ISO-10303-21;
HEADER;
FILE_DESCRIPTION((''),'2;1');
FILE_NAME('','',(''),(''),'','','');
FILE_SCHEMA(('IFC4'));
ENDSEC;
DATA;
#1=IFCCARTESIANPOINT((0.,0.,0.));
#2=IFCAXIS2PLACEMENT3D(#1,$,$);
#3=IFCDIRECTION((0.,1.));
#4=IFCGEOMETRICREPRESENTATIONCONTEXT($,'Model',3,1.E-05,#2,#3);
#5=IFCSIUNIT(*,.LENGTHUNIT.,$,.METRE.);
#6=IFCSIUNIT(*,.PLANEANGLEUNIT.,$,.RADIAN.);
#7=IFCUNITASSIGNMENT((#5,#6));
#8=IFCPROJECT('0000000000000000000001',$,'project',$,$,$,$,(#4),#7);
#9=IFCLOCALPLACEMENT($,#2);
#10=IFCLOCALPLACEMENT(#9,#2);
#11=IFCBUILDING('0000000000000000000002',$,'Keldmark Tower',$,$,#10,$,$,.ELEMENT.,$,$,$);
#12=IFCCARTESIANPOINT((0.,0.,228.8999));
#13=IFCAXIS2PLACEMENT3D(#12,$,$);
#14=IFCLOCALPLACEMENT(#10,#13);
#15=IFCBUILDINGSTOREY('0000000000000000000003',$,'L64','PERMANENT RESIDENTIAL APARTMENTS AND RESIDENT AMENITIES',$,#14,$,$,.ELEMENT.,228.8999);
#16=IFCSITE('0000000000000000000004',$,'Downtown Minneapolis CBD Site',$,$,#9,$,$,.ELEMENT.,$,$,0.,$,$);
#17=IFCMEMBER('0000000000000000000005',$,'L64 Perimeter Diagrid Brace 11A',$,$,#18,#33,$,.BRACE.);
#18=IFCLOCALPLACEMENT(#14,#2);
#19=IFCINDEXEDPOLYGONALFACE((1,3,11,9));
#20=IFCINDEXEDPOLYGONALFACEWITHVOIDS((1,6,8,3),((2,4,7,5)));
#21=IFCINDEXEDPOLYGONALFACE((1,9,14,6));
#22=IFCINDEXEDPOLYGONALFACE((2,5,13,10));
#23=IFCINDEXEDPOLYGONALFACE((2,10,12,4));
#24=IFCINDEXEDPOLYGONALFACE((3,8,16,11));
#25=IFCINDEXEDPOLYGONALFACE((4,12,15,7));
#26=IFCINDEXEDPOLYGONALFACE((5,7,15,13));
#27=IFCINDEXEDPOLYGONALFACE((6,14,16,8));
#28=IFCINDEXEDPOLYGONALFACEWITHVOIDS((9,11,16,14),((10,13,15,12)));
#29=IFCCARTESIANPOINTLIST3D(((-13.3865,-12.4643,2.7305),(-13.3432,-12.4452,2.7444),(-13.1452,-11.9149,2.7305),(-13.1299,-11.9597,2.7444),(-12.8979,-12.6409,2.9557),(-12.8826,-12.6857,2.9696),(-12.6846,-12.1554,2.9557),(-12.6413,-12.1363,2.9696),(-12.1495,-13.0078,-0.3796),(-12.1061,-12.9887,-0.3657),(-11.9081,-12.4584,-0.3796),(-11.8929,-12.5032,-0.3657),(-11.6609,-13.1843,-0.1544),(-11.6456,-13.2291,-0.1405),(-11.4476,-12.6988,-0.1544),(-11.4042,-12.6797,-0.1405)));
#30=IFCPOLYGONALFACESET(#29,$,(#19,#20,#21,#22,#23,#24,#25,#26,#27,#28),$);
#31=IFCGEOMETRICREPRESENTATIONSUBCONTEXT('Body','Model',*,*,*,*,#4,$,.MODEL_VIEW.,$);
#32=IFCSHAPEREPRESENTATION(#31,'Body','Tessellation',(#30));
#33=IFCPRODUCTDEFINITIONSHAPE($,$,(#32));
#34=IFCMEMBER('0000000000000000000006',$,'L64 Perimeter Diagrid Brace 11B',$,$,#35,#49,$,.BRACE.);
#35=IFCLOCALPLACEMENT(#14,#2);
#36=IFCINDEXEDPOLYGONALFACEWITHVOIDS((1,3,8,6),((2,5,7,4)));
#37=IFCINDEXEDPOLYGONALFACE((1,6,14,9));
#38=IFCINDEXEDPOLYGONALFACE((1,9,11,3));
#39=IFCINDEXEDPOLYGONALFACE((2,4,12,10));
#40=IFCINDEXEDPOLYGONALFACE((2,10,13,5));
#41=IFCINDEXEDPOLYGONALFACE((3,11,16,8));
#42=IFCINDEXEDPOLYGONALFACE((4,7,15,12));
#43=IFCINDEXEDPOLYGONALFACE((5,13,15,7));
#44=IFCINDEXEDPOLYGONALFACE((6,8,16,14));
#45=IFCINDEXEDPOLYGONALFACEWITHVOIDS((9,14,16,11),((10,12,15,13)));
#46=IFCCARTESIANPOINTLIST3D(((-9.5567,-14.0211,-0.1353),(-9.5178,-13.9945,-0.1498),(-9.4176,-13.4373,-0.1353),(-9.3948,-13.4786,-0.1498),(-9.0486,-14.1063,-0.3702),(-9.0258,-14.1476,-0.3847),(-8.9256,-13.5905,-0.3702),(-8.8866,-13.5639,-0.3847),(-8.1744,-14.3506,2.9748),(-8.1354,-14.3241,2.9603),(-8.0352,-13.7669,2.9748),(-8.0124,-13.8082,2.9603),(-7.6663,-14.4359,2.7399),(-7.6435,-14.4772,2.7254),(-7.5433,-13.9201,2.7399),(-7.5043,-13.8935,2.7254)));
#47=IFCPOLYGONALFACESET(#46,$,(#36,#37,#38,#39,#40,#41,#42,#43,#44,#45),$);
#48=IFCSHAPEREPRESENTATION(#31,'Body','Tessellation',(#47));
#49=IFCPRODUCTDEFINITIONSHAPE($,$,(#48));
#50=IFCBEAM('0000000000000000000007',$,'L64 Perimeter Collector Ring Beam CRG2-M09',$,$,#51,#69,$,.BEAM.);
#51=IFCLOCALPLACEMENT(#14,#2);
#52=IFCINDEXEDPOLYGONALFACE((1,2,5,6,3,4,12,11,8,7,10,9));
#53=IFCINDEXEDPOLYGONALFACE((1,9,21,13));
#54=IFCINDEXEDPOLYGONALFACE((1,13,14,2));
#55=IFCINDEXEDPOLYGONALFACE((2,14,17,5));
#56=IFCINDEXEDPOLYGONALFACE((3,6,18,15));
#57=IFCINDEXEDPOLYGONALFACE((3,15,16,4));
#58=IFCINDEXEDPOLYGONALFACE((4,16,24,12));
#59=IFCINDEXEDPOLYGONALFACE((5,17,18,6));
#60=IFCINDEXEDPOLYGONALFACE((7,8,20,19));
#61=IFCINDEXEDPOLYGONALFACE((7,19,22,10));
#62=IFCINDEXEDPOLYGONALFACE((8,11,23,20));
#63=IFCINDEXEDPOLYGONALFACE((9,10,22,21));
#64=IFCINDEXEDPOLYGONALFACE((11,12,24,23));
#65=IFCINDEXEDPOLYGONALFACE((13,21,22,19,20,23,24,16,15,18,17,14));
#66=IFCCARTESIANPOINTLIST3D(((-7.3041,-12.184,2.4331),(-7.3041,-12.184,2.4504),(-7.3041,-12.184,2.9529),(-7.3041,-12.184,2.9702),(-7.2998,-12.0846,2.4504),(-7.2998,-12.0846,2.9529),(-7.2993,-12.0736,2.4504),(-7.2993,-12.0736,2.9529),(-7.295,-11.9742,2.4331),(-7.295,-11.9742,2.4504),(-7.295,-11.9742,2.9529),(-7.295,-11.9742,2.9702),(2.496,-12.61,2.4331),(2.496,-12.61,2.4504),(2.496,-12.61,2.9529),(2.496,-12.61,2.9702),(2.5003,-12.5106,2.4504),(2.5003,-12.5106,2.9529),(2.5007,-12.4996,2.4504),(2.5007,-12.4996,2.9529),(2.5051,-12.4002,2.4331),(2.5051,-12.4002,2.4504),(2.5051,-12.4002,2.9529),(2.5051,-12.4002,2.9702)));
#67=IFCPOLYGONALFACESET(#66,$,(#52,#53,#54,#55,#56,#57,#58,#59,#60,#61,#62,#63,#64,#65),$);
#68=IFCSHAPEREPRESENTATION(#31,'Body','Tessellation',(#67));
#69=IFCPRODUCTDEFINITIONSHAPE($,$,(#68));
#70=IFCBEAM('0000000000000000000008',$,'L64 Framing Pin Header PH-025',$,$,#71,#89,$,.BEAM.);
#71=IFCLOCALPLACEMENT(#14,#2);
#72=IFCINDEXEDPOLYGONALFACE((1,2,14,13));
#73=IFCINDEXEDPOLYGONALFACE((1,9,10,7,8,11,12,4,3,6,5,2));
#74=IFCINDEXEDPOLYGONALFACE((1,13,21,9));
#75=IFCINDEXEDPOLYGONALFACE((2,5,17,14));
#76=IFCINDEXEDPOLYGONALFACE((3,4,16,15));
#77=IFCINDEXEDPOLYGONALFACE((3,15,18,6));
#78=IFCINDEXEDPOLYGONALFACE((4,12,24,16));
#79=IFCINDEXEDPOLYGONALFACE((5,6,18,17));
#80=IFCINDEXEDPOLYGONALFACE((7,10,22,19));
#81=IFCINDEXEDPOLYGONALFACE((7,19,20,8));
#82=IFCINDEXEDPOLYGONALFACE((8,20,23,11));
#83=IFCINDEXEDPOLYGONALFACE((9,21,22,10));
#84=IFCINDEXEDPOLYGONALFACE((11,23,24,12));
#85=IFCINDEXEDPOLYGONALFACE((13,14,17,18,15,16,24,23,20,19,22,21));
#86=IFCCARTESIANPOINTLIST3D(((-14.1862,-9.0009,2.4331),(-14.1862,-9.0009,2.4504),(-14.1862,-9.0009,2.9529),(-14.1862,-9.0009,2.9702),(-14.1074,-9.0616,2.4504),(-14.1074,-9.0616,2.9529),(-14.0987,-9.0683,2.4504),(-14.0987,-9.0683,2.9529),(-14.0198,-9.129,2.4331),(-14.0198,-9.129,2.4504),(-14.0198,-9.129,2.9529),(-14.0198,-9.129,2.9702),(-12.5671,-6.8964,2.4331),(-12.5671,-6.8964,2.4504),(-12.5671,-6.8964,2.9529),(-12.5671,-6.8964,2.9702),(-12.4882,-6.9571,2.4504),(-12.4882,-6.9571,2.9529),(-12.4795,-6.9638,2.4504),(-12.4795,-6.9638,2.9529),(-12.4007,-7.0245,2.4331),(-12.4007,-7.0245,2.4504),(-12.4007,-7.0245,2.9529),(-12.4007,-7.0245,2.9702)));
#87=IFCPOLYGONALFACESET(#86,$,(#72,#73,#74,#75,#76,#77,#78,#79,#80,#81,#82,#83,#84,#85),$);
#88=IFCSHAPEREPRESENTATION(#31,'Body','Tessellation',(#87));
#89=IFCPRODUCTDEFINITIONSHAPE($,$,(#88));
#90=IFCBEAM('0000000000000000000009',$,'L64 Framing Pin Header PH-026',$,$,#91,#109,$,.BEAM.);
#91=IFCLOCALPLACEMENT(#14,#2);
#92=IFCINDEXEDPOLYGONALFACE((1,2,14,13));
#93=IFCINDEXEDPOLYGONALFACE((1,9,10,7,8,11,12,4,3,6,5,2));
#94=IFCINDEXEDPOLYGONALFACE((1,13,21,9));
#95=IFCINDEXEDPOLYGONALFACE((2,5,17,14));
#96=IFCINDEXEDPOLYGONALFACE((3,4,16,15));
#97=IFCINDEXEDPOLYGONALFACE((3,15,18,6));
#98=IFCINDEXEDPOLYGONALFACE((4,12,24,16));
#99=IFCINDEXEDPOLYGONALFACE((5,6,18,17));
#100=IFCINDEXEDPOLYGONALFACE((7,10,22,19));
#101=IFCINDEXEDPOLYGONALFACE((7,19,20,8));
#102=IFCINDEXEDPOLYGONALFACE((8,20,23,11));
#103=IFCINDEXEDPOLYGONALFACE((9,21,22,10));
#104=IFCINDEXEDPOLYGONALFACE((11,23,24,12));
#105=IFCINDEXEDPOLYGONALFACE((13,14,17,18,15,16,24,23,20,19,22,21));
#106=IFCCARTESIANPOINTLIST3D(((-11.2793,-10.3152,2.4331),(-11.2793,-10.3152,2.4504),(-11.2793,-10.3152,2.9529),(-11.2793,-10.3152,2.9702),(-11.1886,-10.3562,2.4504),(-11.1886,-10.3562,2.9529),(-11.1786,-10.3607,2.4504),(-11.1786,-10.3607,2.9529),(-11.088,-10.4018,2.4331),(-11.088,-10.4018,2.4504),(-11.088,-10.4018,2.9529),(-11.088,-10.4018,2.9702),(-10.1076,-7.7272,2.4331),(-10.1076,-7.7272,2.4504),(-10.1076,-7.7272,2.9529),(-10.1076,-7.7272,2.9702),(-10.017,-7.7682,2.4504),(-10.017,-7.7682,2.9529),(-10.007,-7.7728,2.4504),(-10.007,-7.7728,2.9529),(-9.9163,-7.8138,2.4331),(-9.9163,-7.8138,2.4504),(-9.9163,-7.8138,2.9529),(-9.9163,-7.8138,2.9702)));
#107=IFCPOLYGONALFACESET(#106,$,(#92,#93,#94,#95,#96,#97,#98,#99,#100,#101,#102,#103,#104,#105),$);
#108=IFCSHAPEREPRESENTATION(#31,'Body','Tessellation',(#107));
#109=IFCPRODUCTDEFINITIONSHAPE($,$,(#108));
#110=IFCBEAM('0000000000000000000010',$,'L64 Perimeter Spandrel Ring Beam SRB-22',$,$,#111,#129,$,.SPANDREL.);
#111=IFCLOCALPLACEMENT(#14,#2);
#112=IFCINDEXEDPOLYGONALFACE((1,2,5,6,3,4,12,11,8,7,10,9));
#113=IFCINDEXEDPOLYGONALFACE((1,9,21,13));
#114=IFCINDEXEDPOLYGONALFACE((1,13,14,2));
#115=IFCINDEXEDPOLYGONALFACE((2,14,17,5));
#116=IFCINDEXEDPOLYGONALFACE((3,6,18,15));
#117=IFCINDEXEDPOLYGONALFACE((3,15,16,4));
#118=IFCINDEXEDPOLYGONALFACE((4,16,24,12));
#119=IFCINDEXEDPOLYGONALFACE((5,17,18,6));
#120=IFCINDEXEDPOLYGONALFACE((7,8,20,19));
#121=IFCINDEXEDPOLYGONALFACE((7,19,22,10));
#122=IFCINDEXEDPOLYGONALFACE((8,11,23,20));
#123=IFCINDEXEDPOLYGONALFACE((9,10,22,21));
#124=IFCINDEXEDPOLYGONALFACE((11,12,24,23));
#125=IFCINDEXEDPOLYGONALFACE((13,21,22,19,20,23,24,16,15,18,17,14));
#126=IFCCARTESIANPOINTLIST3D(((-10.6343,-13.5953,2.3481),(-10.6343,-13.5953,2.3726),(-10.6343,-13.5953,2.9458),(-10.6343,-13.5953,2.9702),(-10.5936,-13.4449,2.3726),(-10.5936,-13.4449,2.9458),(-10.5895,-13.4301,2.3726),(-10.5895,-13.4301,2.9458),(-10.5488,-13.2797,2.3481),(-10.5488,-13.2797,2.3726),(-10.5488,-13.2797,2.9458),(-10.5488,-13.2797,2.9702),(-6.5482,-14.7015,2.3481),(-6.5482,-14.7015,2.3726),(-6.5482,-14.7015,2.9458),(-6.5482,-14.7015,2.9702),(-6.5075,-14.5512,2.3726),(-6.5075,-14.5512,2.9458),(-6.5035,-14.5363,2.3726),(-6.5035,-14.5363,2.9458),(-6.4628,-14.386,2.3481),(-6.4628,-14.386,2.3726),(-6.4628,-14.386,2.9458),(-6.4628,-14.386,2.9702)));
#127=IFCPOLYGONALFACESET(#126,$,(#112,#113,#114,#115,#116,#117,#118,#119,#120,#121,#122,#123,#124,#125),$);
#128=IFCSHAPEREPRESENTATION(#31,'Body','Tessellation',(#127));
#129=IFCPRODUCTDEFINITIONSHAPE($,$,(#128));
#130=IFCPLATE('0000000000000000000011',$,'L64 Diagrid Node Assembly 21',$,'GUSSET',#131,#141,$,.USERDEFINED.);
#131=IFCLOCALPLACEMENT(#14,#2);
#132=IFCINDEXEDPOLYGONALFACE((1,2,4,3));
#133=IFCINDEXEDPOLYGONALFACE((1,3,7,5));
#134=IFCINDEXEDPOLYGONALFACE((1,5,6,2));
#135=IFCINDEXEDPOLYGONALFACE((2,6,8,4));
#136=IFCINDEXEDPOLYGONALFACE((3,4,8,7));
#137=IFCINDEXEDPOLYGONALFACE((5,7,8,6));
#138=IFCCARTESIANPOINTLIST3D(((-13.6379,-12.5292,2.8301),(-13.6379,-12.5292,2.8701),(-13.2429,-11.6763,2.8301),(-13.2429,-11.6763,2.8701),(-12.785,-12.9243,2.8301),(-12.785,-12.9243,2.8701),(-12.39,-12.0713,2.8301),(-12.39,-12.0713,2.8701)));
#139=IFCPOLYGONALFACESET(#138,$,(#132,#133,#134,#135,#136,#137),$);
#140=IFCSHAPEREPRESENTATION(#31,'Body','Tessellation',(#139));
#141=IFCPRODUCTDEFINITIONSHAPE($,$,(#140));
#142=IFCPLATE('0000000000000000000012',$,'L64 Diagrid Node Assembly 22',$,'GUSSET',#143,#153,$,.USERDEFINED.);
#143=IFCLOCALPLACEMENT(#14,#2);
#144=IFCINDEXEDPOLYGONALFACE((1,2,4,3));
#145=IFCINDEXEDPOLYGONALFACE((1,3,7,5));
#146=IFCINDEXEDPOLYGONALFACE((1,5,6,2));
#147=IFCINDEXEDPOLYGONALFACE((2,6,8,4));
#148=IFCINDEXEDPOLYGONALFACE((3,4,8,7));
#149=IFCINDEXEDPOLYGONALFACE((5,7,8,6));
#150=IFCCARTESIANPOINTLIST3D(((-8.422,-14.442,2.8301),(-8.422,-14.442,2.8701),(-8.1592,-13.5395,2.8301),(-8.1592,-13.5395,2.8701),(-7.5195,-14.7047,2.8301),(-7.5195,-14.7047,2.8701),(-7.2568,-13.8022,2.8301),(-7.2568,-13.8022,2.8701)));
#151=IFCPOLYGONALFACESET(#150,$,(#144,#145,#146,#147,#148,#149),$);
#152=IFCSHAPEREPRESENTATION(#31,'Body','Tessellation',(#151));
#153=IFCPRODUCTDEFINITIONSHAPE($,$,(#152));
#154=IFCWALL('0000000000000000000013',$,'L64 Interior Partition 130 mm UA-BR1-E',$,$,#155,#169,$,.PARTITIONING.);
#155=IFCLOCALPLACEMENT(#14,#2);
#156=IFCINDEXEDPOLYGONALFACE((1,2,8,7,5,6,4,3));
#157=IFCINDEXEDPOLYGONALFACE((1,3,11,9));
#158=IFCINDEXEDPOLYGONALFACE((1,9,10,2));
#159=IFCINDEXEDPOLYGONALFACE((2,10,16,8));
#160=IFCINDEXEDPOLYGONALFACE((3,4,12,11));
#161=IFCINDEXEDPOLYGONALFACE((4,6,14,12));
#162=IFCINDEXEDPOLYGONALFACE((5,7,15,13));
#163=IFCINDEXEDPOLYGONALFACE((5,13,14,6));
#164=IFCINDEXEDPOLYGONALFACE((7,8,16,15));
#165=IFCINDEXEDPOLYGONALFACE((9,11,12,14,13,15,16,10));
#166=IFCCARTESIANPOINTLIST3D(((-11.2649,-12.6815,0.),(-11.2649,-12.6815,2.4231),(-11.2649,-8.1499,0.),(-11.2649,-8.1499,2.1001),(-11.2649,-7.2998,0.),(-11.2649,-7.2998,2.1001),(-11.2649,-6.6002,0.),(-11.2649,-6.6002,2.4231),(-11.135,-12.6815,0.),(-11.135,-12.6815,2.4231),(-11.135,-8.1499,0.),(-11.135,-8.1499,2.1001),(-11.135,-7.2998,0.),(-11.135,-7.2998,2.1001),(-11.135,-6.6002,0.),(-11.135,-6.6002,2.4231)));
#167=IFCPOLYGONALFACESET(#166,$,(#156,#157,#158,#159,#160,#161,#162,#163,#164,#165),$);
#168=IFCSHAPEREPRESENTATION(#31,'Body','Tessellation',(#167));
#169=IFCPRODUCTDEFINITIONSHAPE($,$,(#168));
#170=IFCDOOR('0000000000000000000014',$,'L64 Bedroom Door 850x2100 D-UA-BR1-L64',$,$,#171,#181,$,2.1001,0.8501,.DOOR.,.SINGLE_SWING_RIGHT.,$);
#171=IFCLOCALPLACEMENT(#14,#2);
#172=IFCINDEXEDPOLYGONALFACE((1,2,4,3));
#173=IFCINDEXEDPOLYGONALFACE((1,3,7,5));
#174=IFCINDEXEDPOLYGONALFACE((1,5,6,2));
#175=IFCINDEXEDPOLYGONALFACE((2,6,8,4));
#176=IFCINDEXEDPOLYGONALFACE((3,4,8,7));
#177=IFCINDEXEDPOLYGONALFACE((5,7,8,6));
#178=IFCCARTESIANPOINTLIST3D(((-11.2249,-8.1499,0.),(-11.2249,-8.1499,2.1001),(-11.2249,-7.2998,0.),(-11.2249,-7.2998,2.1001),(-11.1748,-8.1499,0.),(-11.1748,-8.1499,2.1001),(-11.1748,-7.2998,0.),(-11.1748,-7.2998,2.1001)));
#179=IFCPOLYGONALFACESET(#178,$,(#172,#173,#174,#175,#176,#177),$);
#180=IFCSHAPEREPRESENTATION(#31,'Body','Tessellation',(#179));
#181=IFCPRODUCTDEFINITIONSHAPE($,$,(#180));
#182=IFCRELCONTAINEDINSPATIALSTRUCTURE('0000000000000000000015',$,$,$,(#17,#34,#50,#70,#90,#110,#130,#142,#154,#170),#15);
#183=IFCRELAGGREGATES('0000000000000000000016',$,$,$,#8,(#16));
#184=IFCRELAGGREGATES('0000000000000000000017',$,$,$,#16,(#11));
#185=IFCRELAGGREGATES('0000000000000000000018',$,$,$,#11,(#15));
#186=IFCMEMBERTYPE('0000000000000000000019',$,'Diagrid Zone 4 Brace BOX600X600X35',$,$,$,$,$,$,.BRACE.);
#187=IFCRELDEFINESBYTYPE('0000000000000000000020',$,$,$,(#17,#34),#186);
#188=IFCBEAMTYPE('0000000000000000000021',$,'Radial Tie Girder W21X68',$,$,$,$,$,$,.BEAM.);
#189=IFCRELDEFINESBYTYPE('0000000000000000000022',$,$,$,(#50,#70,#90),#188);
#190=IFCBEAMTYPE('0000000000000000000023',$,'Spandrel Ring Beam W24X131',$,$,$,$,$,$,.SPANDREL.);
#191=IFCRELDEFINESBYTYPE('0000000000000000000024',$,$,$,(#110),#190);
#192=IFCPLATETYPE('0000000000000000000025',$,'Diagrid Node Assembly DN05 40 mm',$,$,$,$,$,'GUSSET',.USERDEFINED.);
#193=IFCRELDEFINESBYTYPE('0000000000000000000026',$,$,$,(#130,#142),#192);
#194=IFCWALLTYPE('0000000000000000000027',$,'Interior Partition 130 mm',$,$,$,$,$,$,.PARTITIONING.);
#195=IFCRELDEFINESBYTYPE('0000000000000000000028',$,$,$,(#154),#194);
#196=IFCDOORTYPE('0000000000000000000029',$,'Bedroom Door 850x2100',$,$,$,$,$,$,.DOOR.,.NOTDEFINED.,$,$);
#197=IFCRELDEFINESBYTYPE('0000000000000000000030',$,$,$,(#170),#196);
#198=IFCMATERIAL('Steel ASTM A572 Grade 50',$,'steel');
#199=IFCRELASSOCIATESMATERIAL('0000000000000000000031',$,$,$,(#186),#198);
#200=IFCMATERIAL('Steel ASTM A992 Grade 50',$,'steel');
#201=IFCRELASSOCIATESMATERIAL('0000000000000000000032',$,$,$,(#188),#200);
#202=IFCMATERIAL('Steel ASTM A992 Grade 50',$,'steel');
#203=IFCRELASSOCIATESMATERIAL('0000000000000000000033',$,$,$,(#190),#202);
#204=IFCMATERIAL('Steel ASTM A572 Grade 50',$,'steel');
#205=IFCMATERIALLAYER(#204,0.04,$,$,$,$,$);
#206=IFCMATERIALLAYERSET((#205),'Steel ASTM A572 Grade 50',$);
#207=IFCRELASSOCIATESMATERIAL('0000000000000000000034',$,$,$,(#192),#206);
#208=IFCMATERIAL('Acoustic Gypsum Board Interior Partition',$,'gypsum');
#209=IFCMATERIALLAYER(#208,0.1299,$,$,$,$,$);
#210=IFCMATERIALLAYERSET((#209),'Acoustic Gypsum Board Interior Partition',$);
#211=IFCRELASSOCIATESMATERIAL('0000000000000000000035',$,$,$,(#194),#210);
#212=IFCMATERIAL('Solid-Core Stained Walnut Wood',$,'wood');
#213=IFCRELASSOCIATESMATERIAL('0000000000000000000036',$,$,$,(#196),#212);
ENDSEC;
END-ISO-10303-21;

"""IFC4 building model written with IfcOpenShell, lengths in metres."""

from ifc_helpers import new_model, si_unit, direction, frame, frame_2d, origin, origin_2d, place, context, subcontext, project, spatial, rectangle, hollow_rectangle, i_section, extrude, material, layer, layer_set, material_profile, profile_set, type_object, element, fill, save


model = new_model("IFC4")

# Units and contexts
model_context = context("Model", 3, precision=1e-05, world=origin(), true_north=direction((0.0, 1.0)))
body_context = subcontext(model_context, "Body", "Model", "MODEL_VIEW")
ifc_project = project(units=[si_unit("LENGTHUNIT", "METRE"), si_unit("PLANEANGLEUNIT", "RADIAN")], contexts=[model_context])

# Site, building, storey
site_placement = place(None, origin())
site = spatial("IfcSite", under=ifc_project, at=site_placement, Name="Downtown Minneapolis CBD Site", CompositionType="ELEMENT", RefElevation=0.0)
building_placement = place(site_placement, origin())
building = spatial("IfcBuilding", under=site, at=building_placement, Name="Keldmark Tower", CompositionType="ELEMENT")
storey_placement = place(building_placement, frame((0.0, 0.0, 228.8999)))
storey = spatial("IfcBuildingStorey", under=building, at=storey_placement, Name="L64", Description="PERMANENT RESIDENTIAL APARTMENTS AND RESIDENT AMENITIES", CompositionType="ELEMENT", Elevation=228.8999)

# Members
ifc_material_1 = material(Name="Steel ASTM A572 Grade 50", Category="steel")
ifc_material_profile_1 = material_profile(ifc_material_1, hollow_rectangle(XDim=0.6001, YDim=0.6001, WallThickness=0.0349, at=origin_2d()), Name="BOX600X600X35")
ifc_profile_set_1 = profile_set([ifc_material_profile_1], Name="Steel ASTM A572 Grade 50")
member_type = type_object("IfcMemberType", Name="Diagrid Zone 4 Brace BOX600X600X35", PredefinedType="BRACE", material=ifc_profile_set_1)
member_1_placement = place(storey_placement, frame((-11.7769, -12.8438, -0.26), z_axis=(-0.364814, 0.160268, 0.917183), x_axis=(-0.402212, -0.915547, 0.0)))
element("IfcMember", 1, at=member_1_placement, inside=storey, type_object=member_type, Name="L64 Perimeter Diagrid Brace 11A", PredefinedType="BRACE", context=body_context, shape_type="SweptSolid", body=[
    extrude(hollow_rectangle(XDim=0.6001, YDim=0.6001, WallThickness=0.0349, at=origin_2d()), origin(), (0.0, 0.0, 1.0), 3.3909),
])
member_2_placement = place(storey_placement, frame((-9.2217, -13.7925, -0.26), z_axis=(0.404261, -0.096389, 0.909551), x_axis=(0.23193, 0.972732, 0.0)))
element("IfcMember", 2, at=member_2_placement, inside=storey, type_object=member_type, Name="L64 Perimeter Diagrid Brace 11B", PredefinedType="BRACE", context=body_context, shape_type="SweptSolid", body=[
    extrude(hollow_rectangle(XDim=0.6001, YDim=0.6001, WallThickness=0.0349, at=origin_2d()), origin(), (0.0, 0.0, 1.0), 3.4194),
])

# Beams
ifc_material_2 = material(Name="Steel ASTM A992 Grade 50", Category="steel")
ifc_material_profile_2 = material_profile(ifc_material_2, i_section(OverallWidth=0.21, OverallDepth=0.5371, WebThickness=0.011, FlangeThickness=0.0173, at=origin_2d()), Name="W21X68")
ifc_profile_set_2 = profile_set([ifc_material_profile_2], Name="Steel ASTM A992 Grade 50")
beam_type_1 = type_object("IfcBeamType", Name="Radial Tie Girder W21X68", PredefinedType="BEAM", material=ifc_profile_set_2)
beam_1_placement = place(storey_placement, frame((-7.2996, -12.0791, 2.7017), z_axis=(0.999056, -0.043431, 0.0), x_axis=(0.043431, 0.999056, 0.0)))
element("IfcBeam", 3, at=beam_1_placement, inside=storey, type_object=beam_type_1, Name="L64 Perimeter Collector Ring Beam CRG2-M09", PredefinedType="BEAM", context=body_context, shape_type="SweptSolid", body=[
    extrude(i_section(OverallWidth=0.21, OverallDepth=0.5371, WebThickness=0.011, FlangeThickness=0.0173, at=origin_2d()), origin(), (0.0, 0.0, 1.0), 9.8093),
])
beam_2_placement = place(storey_placement, frame((-12.4839, -6.9604, 2.7017), z_axis=(-0.609782, -0.792569, 0.0), x_axis=(0.792569, -0.609782, 0.0)))
element("IfcBeam", 4, at=beam_2_placement, inside=storey, type_object=beam_type_1, Name="L64 Framing Pin Header PH-025", PredefinedType="BEAM", context=body_context, shape_type="SweptSolid", body=[
    extrude(i_section(OverallWidth=0.21, OverallDepth=0.5371, WebThickness=0.011, FlangeThickness=0.0173, at=origin_2d()), origin(), (0.0, 0.0, 1.0), 2.6553),
])
beam_3_placement = place(storey_placement, frame((-10.012, -7.7705, 2.7017), z_axis=(-0.412436, -0.910986, 0.0), x_axis=(0.910986, -0.412436, 0.0)))
element("IfcBeam", 5, at=beam_3_placement, inside=storey, type_object=beam_type_1, Name="L64 Framing Pin Header PH-026", PredefinedType="BEAM", context=body_context, shape_type="SweptSolid", body=[
    extrude(i_section(OverallWidth=0.21, OverallDepth=0.5371, WebThickness=0.011, FlangeThickness=0.0173, at=origin_2d()), origin(), (0.0, 0.0, 1.0), 2.8408),
])
ifc_material_3 = material(Name="Steel ASTM A992 Grade 50", Category="steel")
ifc_material_profile_3 = material_profile(ifc_material_3, i_section(OverallWidth=0.3269, OverallDepth=0.6221, WebThickness=0.0154, FlangeThickness=0.0244, at=origin_2d()), Name="W24X131")
ifc_profile_set_3 = profile_set([ifc_material_profile_3], Name="Steel ASTM A992 Grade 50")
beam_type_2 = type_object("IfcBeamType", Name="Spandrel Ring Beam W24X131", PredefinedType="SPANDREL", material=ifc_profile_set_3)
beam_4_placement = place(storey_placement, frame((-10.5916, -13.4375, 2.6592), z_axis=(0.965251, -0.261326, 0.0), x_axis=(0.261326, 0.965251, 0.0)))
element("IfcBeam", 6, at=beam_4_placement, inside=storey, type_object=beam_type_2, Name="L64 Perimeter Spandrel Ring Beam SRB-22", PredefinedType="SPANDREL", context=body_context, shape_type="SweptSolid", body=[
    extrude(i_section(OverallWidth=0.3269, OverallDepth=0.6221, WebThickness=0.0154, FlangeThickness=0.0244, at=origin_2d()), origin(), (0.0, 0.0, 1.0), 4.2332),
])

# Plates
ifc_material_4 = material(Name="Steel ASTM A572 Grade 50", Category="steel")
ifc_layer_1 = layer(ifc_material_4, 0.04)
ifc_layer_set_1 = layer_set([ifc_layer_1], Name="Steel ASTM A572 Grade 50")
plate_type = type_object("IfcPlateType", Name="Diagrid Node Assembly DN05 40 mm", ElementType="GUSSET", PredefinedType="USERDEFINED", material=ifc_layer_set_1)
for number, where, z_axis, x_axis, name in (
    (7, (-13.0139, -12.3003, 2.8301), (0.0, 0.0, 1.0), (0.907411, -0.420244, 0.0), "L64 Diagrid Node Assembly 21"),
    (8, (-7.8394, -14.1221, 2.8301), (0.0, 0.0, 1.0), (0.960147, -0.279494, 0.0), "L64 Diagrid Node Assembly 22"),
):
    element("IfcPlate", number, at=place(storey_placement, frame(where, z_axis=z_axis, x_axis=x_axis)), inside=storey, type_object=plate_type, Name=name, ObjectType="GUSSET", PredefinedType="USERDEFINED", context=body_context, shape_type="SweptSolid", body=[
        extrude(rectangle(XDim=0.9399, YDim=0.9399, at=origin_2d()), origin(), (0.0, 0.0, 1.0), 0.04),
    ])

# Wall, opening, door
ifc_material_5 = material(Name="Acoustic Gypsum Board Interior Partition", Category="gypsum")
ifc_layer_2 = layer(ifc_material_5, 0.1299)
ifc_layer_set_2 = layer_set([ifc_layer_2], Name="Acoustic Gypsum Board Interior Partition")
wall_type_1 = type_object("IfcWallType", Name="Interior Partition 130 mm", PredefinedType="PARTITIONING", material=ifc_layer_set_2)
wall_1_placement = place(storey_placement, frame((-11.2, -12.6814, 0.0), z_axis=(0.0, 0.0, 1.0), x_axis=(0.0, 1.0, 0.0)))
wall_1 = element("IfcWall", 9, at=wall_1_placement, inside=storey, type_object=wall_type_1, Name="L64 Interior Partition 130 mm UA-BR1-E", PredefinedType="PARTITIONING", context=body_context, shape_type="SweptSolid", body=[
    extrude(rectangle(XDim=6.0813, YDim=0.1299, at=frame_2d((3.0405, 0.0))), origin(), (0.0, 0.0, 1.0), 2.4231),
])
opening_1_placement = place(wall_1_placement, frame((4.5315, 0.0, 0.0)))
opening_1 = element("IfcOpeningElement", 10, at=opening_1_placement, cuts=wall_1, PredefinedType="OPENING", context=body_context, shape_type="SweptSolid", body=[
    extrude(rectangle(XDim=0.8501, YDim=2.1001, at=frame_2d((0.425, 1.05))), frame((0.0, 0.075, 0.0), z_axis=(0.0, -1.0, 0.0), x_axis=(1.0, 0.0, 0.0)), (0.0, 0.0, 1.0), 0.1499),
])
ifc_material_6 = material(Name="Solid-Core Stained Walnut Wood", Category="wood")
door_type_1 = type_object("IfcDoorType", Name="Bedroom Door 850x2100", OperationType="NOTDEFINED", PredefinedType="DOOR", material=ifc_material_6)
door_1_placement = place(opening_1_placement, origin())
door_1 = element("IfcDoor", 11, at=door_1_placement, inside=storey, type_object=door_type_1, Name="L64 Bedroom Door 850x2100 D-UA-BR1-L64", OperationType="SINGLE_SWING_RIGHT", OverallHeight=2.1001, OverallWidth=0.8501, PredefinedType="DOOR", context=body_context, shape_type="SweptSolid", body=[
    extrude(rectangle(XDim=0.8501, YDim=2.1001, at=frame_2d((0.425, 1.05))), frame((0.0, 0.0249, 0.0), z_axis=(0.0, -1.0, 0.0), x_axis=(1.0, 0.0, 0.0)), (0.0, 0.0, 1.0), 0.05),
])
fill(opening_1, door_1)

save(model, "model.ifc")
